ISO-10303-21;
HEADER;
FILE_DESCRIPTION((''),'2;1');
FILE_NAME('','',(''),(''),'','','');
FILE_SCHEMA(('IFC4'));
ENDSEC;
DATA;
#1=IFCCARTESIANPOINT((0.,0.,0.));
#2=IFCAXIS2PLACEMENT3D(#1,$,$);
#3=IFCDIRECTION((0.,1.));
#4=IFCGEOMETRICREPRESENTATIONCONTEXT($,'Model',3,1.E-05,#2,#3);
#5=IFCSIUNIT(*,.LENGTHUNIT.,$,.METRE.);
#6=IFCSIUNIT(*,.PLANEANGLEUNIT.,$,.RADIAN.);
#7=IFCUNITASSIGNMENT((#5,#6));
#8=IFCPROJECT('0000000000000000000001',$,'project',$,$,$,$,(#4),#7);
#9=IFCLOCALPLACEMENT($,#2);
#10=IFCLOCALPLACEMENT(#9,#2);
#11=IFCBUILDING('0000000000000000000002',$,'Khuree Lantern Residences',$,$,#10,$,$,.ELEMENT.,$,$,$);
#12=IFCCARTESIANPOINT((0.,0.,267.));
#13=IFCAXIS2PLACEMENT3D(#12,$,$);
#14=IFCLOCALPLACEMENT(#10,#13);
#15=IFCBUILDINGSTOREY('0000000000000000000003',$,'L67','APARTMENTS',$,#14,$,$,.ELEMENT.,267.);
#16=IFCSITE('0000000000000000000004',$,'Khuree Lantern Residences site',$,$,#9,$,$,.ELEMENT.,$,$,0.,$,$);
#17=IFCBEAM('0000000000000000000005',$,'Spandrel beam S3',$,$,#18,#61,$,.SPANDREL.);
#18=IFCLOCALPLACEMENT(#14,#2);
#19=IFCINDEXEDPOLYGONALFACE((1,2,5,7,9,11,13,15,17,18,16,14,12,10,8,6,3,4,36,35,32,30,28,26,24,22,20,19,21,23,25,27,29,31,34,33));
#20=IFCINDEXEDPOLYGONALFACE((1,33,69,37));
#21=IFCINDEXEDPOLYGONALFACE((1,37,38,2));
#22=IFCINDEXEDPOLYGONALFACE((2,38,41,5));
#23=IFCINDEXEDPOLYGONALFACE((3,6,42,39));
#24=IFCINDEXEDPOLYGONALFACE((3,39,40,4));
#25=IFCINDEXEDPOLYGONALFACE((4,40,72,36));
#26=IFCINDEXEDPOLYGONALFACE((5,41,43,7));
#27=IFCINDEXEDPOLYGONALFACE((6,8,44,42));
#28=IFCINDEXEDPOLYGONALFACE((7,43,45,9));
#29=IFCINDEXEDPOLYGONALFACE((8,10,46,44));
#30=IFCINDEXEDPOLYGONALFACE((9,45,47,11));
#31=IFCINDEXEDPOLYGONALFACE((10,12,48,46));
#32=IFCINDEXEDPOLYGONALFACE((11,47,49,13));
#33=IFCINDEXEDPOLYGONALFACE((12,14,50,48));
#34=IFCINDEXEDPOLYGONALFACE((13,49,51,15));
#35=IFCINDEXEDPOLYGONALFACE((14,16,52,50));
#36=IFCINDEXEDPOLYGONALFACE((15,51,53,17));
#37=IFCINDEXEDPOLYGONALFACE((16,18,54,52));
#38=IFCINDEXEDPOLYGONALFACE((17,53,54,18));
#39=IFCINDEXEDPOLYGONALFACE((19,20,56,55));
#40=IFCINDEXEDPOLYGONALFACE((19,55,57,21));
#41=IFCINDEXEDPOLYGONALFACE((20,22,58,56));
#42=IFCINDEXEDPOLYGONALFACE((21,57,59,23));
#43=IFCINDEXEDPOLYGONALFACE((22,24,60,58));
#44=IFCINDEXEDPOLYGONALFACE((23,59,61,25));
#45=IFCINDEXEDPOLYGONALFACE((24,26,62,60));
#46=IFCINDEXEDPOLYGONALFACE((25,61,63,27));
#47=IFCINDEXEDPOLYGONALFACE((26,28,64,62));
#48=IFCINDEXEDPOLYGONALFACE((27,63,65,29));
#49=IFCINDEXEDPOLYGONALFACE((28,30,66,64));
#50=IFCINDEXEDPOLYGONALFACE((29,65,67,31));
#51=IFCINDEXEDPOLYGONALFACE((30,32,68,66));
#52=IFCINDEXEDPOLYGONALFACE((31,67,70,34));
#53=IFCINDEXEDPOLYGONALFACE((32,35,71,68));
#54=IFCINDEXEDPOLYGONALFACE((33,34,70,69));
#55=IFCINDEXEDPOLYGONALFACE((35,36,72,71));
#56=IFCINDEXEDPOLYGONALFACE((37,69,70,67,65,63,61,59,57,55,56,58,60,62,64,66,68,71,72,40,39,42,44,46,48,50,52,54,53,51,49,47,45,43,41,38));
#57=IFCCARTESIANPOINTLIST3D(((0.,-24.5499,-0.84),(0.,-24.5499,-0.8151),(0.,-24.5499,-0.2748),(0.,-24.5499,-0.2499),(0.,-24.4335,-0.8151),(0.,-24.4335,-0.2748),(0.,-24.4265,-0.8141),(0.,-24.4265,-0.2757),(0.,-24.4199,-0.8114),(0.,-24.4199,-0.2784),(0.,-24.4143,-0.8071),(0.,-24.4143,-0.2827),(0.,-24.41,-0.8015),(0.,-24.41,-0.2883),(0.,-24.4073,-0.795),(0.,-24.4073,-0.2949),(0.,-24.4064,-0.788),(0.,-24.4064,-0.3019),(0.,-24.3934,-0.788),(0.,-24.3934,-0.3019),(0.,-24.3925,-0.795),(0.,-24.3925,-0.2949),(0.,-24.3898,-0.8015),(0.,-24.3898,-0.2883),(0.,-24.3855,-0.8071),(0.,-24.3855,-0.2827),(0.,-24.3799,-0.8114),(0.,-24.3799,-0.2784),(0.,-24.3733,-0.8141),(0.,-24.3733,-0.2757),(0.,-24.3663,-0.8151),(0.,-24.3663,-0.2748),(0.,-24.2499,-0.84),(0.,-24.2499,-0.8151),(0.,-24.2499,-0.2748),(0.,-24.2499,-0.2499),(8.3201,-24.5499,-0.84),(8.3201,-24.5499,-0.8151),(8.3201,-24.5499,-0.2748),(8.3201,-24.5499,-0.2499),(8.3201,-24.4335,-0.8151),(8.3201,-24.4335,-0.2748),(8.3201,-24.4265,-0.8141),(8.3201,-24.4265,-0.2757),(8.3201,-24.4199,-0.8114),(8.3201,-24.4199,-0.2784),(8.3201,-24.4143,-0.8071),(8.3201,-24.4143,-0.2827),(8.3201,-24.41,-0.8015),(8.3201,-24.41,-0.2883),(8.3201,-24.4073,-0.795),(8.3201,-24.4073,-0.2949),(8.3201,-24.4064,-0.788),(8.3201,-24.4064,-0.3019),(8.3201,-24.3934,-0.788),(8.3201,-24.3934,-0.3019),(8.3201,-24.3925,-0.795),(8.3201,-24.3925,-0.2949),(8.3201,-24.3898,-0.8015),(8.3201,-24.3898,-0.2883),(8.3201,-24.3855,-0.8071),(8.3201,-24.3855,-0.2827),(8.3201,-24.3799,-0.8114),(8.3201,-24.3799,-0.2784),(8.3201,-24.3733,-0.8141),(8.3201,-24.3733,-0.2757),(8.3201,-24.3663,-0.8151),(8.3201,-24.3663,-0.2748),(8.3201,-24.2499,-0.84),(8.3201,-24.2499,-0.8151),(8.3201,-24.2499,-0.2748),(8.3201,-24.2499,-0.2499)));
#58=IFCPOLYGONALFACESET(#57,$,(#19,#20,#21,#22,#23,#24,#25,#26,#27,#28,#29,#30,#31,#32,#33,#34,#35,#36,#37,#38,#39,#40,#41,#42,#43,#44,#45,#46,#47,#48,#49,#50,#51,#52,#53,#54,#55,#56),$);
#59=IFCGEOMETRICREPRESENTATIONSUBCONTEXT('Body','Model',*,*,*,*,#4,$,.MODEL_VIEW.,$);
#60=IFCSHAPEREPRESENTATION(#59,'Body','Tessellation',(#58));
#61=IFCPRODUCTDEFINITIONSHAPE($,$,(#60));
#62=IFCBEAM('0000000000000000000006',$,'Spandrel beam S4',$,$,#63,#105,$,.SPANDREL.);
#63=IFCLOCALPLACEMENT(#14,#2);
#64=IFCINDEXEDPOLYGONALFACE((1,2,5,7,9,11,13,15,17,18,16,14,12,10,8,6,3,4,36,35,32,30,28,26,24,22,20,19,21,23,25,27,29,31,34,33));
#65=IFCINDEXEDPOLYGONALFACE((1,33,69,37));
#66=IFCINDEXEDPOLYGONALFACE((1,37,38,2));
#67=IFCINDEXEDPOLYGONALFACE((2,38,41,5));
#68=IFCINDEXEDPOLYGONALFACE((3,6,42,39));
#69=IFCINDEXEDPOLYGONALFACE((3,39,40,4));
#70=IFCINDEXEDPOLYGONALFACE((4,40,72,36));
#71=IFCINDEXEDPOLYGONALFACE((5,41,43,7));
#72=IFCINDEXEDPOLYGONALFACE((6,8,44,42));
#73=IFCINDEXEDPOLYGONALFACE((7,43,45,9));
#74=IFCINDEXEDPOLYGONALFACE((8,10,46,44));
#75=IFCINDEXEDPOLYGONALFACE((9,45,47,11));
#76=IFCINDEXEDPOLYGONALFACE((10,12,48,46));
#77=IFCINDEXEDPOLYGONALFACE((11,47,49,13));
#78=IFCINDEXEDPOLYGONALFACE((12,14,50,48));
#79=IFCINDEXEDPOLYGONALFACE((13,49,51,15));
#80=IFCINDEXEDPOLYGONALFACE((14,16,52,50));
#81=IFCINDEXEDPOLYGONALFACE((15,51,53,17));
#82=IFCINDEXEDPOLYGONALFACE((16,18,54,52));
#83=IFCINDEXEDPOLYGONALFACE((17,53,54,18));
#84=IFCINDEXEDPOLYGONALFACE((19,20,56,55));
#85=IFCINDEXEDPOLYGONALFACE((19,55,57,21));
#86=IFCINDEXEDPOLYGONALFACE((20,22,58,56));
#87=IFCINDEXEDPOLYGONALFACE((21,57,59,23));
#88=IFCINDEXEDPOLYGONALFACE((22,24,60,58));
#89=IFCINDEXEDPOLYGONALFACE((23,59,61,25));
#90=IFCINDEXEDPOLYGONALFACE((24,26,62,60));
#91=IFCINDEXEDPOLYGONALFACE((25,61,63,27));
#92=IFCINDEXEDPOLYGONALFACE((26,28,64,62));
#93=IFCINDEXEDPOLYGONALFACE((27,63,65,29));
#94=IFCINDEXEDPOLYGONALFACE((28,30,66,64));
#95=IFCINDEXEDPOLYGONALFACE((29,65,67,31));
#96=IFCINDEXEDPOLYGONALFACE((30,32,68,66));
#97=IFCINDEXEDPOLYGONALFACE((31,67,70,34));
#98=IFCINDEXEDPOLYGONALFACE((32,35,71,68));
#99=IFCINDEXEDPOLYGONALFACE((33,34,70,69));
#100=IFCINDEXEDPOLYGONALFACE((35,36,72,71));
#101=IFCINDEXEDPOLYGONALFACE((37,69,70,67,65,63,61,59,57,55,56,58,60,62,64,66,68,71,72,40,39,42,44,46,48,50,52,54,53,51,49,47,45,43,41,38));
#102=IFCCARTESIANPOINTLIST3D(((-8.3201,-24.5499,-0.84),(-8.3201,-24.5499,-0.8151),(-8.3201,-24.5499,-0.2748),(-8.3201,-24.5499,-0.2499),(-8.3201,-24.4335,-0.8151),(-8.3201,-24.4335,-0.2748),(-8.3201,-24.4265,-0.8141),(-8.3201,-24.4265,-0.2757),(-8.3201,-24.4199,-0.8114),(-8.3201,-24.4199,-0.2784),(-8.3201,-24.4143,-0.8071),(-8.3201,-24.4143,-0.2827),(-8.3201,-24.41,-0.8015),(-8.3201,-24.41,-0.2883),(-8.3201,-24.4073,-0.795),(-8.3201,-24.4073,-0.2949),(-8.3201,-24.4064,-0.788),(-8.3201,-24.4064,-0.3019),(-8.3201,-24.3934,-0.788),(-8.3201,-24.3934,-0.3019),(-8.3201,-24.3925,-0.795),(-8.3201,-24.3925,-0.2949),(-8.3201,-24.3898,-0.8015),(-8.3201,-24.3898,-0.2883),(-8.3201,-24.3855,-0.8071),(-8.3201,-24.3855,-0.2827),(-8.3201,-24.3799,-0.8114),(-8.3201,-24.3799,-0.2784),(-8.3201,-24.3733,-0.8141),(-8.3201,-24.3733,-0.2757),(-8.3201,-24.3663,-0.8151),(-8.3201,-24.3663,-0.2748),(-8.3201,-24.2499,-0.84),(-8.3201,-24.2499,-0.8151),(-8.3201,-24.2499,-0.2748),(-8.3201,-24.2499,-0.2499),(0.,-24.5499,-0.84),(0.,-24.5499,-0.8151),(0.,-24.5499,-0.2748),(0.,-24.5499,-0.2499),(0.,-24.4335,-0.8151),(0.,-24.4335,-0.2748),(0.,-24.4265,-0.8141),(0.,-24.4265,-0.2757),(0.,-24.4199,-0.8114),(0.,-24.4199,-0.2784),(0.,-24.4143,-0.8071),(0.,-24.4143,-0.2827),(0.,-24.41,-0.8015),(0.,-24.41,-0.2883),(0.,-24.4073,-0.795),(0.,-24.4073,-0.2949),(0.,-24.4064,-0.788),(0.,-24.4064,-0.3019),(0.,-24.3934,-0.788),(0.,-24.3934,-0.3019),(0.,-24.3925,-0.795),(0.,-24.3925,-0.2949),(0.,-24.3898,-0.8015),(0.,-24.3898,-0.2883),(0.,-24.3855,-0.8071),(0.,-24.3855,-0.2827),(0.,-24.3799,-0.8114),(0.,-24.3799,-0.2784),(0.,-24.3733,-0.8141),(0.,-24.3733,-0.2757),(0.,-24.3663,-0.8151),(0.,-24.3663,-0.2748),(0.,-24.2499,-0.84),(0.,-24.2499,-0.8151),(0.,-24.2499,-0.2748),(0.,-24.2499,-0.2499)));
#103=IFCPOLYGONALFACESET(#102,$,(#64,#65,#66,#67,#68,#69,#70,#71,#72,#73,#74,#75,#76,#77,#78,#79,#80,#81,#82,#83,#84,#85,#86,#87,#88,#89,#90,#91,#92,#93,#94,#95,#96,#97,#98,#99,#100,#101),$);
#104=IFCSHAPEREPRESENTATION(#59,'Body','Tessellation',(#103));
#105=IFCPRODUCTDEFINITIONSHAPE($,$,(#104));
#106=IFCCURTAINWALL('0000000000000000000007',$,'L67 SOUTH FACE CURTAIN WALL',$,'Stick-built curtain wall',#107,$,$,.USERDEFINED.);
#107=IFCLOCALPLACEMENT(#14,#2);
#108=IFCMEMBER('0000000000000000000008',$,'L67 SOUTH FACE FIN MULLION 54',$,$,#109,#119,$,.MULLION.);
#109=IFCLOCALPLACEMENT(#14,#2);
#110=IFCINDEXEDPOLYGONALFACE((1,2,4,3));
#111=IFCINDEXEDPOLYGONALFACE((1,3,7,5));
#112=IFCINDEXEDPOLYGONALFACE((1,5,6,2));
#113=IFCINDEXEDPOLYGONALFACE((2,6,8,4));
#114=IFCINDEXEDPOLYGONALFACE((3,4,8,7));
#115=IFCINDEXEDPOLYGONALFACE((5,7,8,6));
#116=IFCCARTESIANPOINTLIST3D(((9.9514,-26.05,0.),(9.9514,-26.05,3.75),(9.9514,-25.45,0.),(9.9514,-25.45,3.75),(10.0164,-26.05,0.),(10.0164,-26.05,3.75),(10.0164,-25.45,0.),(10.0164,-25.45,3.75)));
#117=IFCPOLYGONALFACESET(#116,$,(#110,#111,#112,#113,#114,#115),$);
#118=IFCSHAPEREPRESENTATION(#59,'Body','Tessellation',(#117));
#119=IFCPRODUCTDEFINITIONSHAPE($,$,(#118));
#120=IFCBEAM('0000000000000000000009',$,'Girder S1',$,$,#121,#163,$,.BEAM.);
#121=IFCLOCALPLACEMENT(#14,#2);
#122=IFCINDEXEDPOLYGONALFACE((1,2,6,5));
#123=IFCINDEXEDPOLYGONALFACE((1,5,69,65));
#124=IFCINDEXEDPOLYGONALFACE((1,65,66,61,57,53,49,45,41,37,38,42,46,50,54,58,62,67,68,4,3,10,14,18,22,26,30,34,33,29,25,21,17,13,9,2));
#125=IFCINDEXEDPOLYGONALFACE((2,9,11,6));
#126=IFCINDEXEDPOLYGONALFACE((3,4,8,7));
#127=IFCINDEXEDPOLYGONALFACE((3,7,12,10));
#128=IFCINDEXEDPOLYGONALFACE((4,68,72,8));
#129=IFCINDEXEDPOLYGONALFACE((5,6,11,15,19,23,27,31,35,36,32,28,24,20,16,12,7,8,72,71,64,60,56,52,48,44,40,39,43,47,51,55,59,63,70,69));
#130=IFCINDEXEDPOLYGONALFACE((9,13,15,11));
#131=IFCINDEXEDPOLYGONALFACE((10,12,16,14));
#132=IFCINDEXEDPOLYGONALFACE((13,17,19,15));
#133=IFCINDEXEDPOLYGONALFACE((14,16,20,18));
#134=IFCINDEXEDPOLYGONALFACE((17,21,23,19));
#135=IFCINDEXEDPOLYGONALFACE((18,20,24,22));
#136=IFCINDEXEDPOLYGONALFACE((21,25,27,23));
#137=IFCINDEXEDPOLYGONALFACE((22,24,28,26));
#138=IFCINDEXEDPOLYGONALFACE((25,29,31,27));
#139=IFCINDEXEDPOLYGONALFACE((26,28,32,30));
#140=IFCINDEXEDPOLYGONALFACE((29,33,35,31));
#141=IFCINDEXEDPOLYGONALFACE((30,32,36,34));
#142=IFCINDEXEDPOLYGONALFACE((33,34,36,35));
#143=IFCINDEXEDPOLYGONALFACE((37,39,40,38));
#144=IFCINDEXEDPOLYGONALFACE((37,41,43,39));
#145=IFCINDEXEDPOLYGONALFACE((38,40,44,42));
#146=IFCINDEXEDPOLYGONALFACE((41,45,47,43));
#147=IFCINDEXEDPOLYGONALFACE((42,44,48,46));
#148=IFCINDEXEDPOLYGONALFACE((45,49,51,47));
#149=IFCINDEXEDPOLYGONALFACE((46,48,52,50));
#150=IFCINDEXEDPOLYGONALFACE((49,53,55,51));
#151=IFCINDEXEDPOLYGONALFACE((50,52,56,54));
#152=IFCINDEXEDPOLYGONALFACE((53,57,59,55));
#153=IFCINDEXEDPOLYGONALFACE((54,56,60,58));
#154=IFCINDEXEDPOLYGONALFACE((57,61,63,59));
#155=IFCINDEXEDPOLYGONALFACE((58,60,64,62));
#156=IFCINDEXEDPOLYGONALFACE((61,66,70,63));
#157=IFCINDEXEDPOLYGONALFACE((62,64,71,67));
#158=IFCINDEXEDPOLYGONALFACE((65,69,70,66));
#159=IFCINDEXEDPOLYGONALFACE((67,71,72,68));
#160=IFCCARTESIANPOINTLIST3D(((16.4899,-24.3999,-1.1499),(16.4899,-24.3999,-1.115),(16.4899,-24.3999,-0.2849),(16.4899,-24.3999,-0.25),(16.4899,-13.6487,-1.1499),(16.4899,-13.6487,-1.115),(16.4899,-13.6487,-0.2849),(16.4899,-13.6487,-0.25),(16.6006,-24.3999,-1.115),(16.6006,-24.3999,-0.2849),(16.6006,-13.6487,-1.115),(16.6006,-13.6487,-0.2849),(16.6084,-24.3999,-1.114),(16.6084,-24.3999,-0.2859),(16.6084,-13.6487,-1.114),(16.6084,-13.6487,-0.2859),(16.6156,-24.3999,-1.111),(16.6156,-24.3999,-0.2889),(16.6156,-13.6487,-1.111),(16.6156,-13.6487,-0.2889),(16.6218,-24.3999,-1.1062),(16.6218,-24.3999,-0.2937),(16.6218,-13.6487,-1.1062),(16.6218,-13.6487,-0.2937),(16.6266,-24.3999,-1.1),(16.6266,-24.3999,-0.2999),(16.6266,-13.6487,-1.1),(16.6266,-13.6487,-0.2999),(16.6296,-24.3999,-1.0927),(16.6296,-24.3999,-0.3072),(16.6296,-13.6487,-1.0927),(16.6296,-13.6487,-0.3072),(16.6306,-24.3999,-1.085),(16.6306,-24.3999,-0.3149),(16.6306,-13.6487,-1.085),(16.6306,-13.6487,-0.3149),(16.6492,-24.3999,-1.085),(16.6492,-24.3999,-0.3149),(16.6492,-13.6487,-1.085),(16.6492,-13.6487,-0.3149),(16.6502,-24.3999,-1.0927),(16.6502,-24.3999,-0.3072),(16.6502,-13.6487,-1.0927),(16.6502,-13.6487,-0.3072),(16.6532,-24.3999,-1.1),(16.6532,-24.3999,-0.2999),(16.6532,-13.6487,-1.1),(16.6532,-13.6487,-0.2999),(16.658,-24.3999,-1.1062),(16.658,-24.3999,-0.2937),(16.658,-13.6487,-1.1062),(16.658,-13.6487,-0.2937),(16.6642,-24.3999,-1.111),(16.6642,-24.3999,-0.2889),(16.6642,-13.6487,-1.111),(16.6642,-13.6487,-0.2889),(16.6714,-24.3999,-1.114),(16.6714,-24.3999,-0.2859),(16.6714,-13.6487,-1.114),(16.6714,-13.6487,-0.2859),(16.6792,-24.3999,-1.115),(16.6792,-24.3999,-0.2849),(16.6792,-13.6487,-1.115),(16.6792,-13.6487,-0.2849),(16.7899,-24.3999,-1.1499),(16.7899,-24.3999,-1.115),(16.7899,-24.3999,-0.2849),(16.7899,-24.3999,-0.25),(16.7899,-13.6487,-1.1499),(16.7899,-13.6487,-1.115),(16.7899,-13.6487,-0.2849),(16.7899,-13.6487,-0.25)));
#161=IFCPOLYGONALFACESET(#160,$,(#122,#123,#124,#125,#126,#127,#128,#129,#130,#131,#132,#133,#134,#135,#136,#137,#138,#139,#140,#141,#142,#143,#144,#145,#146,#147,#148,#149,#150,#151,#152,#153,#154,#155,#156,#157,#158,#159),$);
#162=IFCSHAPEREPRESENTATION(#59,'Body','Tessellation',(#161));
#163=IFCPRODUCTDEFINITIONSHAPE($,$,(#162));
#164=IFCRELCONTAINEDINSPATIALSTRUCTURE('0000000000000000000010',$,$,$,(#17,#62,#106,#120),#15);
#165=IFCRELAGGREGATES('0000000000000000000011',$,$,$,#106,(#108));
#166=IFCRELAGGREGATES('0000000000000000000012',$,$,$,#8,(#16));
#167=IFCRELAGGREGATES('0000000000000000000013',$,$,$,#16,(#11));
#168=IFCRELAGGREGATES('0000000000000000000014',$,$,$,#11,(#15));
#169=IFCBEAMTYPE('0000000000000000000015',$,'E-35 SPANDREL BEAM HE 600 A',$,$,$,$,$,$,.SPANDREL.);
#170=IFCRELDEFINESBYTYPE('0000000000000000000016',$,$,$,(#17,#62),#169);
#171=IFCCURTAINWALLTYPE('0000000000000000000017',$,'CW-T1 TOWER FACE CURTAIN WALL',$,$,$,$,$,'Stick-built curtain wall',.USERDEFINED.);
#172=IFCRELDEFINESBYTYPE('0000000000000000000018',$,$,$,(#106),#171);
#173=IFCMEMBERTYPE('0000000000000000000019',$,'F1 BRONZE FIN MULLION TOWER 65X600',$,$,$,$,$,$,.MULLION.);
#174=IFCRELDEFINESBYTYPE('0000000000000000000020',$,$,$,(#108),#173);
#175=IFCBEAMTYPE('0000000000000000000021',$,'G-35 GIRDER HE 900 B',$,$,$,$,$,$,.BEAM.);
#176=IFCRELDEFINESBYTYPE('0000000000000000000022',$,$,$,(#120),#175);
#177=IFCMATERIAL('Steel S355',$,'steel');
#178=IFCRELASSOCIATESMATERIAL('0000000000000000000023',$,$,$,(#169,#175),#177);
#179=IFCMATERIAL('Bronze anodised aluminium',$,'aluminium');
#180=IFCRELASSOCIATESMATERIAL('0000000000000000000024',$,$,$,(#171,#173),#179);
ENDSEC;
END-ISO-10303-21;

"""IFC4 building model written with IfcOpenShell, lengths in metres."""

from ifc_helpers import new_model, si_unit, direction, frame, origin, origin_2d, place, context, subcontext, project, spatial, rectangle, i_section, extrude, material, material_profile, profile_set, type_object, element, aggregate, save


model = new_model("IFC4")

# Units and contexts
model_context = context("Model", 3, precision=1e-05, world=origin(), true_north=direction((0.0, 1.0)))
body_context = subcontext(model_context, "Body", "Model", "MODEL_VIEW")
ifc_project = project(units=[si_unit("LENGTHUNIT", "METRE"), si_unit("PLANEANGLEUNIT", "RADIAN")], contexts=[model_context])

# Site, building, storey
site_placement = place(None, origin())
site = spatial("IfcSite", under=ifc_project, at=site_placement, Name="Khuree Lantern Residences site", CompositionType="ELEMENT", RefElevation=0.0)
building_placement = place(site_placement, origin())
building = spatial("IfcBuilding", under=site, at=building_placement, Name="Khuree Lantern Residences", CompositionType="ELEMENT")
storey_placement = place(building_placement, frame((0.0, 0.0, 267.0)))
storey = spatial("IfcBuildingStorey", under=building, at=storey_placement, Name="L67", Description="APARTMENTS", CompositionType="ELEMENT", Elevation=267.0)

# Beams
ifc_material_1 = material(Name="Steel S355", Category="steel")
ifc_material_profile_1 = material_profile(ifc_material_1, i_section(OverallWidth=0.3, OverallDepth=0.5901, WebThickness=0.0129, FlangeThickness=0.0249, FilletRadius=0.0271, at=origin_2d()), Name="HE 600 A")
ifc_profile_set_1 = profile_set([ifc_material_profile_1], Name="Steel S355")
beam_type_1 = type_object("IfcBeamType", Name="E-35 SPANDREL BEAM HE 600 A", PredefinedType="SPANDREL", material=ifc_profile_set_1)
for number, where, z_axis, x_axis, name in (
    (1, (8.3201, -24.3999, -0.5449), (-1.0, 0.0, 0.0), (0.0, -1.0, 0.0), "Spandrel beam S3"),
    (2, (0.0, -24.3999, -0.5449), (-1.0, 0.0, 0.0), (0.0, -1.0, 0.0), "Spandrel beam S4"),
):
    element("IfcBeam", number, at=place(storey_placement, frame(where, z_axis=z_axis, x_axis=x_axis)), inside=storey, type_object=beam_type_1, Name=name, PredefinedType="SPANDREL", context=body_context, shape_type="SweptSolid", body=[
        extrude(i_section(OverallWidth=0.3, OverallDepth=0.5901, WebThickness=0.0129, FlangeThickness=0.0249, FilletRadius=0.0271, at=origin_2d()), origin(), (0.0, 0.0, 1.0), 8.3201),
    ])

# Curtain wall, member
ifc_material_2 = material(Name="Bronze anodised aluminium", Category="aluminium")
curtain_wall_type = type_object("IfcCurtainWallType", Name="CW-T1 TOWER FACE CURTAIN WALL", ElementType="Stick-built curtain wall", PredefinedType="USERDEFINED", material=ifc_material_2)
curtain_wall_placement = place(storey_placement, origin())
curtain_wall = element("IfcCurtainWall", 3, at=curtain_wall_placement, inside=storey, type_object=curtain_wall_type, Name="L67 SOUTH FACE CURTAIN WALL", ObjectType="Stick-built curtain wall", PredefinedType="USERDEFINED")
ifc_material_profile_2 = material_profile(ifc_material_2, rectangle(XDim=0.0649, YDim=0.6001, at=origin_2d()), Name="F1 65X600")
ifc_profile_set_2 = profile_set([ifc_material_profile_2], Name="Bronze anodised aluminium")
member_type_1 = type_object("IfcMemberType", Name="F1 BRONZE FIN MULLION TOWER 65X600", PredefinedType="MULLION", material=ifc_profile_set_2)
member_1_placement = place(storey_placement, frame((9.9839, -25.75, 0.0), z_axis=(0.0, 0.0, 1.0), x_axis=(1.0, 0.0, 0.0)))
member_1 = element("IfcMember", 4, at=member_1_placement, type_object=member_type_1, Name="L67 SOUTH FACE FIN MULLION 54", PredefinedType="MULLION", context=body_context, shape_type="SweptSolid", body=[
    extrude(rectangle(XDim=0.0649, YDim=0.6001, at=origin_2d()), origin(), (0.0, 0.0, 1.0), 3.75),
])

# Beam
ifc_material_profile_3 = material_profile(ifc_material_1, i_section(OverallWidth=0.3, OverallDepth=0.8999, WebThickness=0.0186, FlangeThickness=0.0349, FilletRadius=0.03, at=origin_2d()), Name="HE 900 B")
ifc_profile_set_3 = profile_set([ifc_material_profile_3], Name="Steel S355")
beam_type_2 = type_object("IfcBeamType", Name="G-35 GIRDER HE 900 B", PredefinedType="BEAM", material=ifc_profile_set_3)
beam_1_placement = place(storey_placement, frame((16.6399, -24.3999, -0.7), z_axis=(0.0, 1.0, 0.0), x_axis=(-1.0, 0.0, 0.0)))
element("IfcBeam", 5, at=beam_1_placement, inside=storey, type_object=beam_type_2, Name="Girder S1", PredefinedType="BEAM", context=body_context, shape_type="SweptSolid", body=[
    extrude(i_section(OverallWidth=0.3, OverallDepth=0.8999, WebThickness=0.0186, FlangeThickness=0.0349, FilletRadius=0.03, at=origin_2d()), origin(), (0.0, 0.0, 1.0), 10.7512),
])

aggregate(curtain_wall, [member_1])

save(model, "model.ifc")
